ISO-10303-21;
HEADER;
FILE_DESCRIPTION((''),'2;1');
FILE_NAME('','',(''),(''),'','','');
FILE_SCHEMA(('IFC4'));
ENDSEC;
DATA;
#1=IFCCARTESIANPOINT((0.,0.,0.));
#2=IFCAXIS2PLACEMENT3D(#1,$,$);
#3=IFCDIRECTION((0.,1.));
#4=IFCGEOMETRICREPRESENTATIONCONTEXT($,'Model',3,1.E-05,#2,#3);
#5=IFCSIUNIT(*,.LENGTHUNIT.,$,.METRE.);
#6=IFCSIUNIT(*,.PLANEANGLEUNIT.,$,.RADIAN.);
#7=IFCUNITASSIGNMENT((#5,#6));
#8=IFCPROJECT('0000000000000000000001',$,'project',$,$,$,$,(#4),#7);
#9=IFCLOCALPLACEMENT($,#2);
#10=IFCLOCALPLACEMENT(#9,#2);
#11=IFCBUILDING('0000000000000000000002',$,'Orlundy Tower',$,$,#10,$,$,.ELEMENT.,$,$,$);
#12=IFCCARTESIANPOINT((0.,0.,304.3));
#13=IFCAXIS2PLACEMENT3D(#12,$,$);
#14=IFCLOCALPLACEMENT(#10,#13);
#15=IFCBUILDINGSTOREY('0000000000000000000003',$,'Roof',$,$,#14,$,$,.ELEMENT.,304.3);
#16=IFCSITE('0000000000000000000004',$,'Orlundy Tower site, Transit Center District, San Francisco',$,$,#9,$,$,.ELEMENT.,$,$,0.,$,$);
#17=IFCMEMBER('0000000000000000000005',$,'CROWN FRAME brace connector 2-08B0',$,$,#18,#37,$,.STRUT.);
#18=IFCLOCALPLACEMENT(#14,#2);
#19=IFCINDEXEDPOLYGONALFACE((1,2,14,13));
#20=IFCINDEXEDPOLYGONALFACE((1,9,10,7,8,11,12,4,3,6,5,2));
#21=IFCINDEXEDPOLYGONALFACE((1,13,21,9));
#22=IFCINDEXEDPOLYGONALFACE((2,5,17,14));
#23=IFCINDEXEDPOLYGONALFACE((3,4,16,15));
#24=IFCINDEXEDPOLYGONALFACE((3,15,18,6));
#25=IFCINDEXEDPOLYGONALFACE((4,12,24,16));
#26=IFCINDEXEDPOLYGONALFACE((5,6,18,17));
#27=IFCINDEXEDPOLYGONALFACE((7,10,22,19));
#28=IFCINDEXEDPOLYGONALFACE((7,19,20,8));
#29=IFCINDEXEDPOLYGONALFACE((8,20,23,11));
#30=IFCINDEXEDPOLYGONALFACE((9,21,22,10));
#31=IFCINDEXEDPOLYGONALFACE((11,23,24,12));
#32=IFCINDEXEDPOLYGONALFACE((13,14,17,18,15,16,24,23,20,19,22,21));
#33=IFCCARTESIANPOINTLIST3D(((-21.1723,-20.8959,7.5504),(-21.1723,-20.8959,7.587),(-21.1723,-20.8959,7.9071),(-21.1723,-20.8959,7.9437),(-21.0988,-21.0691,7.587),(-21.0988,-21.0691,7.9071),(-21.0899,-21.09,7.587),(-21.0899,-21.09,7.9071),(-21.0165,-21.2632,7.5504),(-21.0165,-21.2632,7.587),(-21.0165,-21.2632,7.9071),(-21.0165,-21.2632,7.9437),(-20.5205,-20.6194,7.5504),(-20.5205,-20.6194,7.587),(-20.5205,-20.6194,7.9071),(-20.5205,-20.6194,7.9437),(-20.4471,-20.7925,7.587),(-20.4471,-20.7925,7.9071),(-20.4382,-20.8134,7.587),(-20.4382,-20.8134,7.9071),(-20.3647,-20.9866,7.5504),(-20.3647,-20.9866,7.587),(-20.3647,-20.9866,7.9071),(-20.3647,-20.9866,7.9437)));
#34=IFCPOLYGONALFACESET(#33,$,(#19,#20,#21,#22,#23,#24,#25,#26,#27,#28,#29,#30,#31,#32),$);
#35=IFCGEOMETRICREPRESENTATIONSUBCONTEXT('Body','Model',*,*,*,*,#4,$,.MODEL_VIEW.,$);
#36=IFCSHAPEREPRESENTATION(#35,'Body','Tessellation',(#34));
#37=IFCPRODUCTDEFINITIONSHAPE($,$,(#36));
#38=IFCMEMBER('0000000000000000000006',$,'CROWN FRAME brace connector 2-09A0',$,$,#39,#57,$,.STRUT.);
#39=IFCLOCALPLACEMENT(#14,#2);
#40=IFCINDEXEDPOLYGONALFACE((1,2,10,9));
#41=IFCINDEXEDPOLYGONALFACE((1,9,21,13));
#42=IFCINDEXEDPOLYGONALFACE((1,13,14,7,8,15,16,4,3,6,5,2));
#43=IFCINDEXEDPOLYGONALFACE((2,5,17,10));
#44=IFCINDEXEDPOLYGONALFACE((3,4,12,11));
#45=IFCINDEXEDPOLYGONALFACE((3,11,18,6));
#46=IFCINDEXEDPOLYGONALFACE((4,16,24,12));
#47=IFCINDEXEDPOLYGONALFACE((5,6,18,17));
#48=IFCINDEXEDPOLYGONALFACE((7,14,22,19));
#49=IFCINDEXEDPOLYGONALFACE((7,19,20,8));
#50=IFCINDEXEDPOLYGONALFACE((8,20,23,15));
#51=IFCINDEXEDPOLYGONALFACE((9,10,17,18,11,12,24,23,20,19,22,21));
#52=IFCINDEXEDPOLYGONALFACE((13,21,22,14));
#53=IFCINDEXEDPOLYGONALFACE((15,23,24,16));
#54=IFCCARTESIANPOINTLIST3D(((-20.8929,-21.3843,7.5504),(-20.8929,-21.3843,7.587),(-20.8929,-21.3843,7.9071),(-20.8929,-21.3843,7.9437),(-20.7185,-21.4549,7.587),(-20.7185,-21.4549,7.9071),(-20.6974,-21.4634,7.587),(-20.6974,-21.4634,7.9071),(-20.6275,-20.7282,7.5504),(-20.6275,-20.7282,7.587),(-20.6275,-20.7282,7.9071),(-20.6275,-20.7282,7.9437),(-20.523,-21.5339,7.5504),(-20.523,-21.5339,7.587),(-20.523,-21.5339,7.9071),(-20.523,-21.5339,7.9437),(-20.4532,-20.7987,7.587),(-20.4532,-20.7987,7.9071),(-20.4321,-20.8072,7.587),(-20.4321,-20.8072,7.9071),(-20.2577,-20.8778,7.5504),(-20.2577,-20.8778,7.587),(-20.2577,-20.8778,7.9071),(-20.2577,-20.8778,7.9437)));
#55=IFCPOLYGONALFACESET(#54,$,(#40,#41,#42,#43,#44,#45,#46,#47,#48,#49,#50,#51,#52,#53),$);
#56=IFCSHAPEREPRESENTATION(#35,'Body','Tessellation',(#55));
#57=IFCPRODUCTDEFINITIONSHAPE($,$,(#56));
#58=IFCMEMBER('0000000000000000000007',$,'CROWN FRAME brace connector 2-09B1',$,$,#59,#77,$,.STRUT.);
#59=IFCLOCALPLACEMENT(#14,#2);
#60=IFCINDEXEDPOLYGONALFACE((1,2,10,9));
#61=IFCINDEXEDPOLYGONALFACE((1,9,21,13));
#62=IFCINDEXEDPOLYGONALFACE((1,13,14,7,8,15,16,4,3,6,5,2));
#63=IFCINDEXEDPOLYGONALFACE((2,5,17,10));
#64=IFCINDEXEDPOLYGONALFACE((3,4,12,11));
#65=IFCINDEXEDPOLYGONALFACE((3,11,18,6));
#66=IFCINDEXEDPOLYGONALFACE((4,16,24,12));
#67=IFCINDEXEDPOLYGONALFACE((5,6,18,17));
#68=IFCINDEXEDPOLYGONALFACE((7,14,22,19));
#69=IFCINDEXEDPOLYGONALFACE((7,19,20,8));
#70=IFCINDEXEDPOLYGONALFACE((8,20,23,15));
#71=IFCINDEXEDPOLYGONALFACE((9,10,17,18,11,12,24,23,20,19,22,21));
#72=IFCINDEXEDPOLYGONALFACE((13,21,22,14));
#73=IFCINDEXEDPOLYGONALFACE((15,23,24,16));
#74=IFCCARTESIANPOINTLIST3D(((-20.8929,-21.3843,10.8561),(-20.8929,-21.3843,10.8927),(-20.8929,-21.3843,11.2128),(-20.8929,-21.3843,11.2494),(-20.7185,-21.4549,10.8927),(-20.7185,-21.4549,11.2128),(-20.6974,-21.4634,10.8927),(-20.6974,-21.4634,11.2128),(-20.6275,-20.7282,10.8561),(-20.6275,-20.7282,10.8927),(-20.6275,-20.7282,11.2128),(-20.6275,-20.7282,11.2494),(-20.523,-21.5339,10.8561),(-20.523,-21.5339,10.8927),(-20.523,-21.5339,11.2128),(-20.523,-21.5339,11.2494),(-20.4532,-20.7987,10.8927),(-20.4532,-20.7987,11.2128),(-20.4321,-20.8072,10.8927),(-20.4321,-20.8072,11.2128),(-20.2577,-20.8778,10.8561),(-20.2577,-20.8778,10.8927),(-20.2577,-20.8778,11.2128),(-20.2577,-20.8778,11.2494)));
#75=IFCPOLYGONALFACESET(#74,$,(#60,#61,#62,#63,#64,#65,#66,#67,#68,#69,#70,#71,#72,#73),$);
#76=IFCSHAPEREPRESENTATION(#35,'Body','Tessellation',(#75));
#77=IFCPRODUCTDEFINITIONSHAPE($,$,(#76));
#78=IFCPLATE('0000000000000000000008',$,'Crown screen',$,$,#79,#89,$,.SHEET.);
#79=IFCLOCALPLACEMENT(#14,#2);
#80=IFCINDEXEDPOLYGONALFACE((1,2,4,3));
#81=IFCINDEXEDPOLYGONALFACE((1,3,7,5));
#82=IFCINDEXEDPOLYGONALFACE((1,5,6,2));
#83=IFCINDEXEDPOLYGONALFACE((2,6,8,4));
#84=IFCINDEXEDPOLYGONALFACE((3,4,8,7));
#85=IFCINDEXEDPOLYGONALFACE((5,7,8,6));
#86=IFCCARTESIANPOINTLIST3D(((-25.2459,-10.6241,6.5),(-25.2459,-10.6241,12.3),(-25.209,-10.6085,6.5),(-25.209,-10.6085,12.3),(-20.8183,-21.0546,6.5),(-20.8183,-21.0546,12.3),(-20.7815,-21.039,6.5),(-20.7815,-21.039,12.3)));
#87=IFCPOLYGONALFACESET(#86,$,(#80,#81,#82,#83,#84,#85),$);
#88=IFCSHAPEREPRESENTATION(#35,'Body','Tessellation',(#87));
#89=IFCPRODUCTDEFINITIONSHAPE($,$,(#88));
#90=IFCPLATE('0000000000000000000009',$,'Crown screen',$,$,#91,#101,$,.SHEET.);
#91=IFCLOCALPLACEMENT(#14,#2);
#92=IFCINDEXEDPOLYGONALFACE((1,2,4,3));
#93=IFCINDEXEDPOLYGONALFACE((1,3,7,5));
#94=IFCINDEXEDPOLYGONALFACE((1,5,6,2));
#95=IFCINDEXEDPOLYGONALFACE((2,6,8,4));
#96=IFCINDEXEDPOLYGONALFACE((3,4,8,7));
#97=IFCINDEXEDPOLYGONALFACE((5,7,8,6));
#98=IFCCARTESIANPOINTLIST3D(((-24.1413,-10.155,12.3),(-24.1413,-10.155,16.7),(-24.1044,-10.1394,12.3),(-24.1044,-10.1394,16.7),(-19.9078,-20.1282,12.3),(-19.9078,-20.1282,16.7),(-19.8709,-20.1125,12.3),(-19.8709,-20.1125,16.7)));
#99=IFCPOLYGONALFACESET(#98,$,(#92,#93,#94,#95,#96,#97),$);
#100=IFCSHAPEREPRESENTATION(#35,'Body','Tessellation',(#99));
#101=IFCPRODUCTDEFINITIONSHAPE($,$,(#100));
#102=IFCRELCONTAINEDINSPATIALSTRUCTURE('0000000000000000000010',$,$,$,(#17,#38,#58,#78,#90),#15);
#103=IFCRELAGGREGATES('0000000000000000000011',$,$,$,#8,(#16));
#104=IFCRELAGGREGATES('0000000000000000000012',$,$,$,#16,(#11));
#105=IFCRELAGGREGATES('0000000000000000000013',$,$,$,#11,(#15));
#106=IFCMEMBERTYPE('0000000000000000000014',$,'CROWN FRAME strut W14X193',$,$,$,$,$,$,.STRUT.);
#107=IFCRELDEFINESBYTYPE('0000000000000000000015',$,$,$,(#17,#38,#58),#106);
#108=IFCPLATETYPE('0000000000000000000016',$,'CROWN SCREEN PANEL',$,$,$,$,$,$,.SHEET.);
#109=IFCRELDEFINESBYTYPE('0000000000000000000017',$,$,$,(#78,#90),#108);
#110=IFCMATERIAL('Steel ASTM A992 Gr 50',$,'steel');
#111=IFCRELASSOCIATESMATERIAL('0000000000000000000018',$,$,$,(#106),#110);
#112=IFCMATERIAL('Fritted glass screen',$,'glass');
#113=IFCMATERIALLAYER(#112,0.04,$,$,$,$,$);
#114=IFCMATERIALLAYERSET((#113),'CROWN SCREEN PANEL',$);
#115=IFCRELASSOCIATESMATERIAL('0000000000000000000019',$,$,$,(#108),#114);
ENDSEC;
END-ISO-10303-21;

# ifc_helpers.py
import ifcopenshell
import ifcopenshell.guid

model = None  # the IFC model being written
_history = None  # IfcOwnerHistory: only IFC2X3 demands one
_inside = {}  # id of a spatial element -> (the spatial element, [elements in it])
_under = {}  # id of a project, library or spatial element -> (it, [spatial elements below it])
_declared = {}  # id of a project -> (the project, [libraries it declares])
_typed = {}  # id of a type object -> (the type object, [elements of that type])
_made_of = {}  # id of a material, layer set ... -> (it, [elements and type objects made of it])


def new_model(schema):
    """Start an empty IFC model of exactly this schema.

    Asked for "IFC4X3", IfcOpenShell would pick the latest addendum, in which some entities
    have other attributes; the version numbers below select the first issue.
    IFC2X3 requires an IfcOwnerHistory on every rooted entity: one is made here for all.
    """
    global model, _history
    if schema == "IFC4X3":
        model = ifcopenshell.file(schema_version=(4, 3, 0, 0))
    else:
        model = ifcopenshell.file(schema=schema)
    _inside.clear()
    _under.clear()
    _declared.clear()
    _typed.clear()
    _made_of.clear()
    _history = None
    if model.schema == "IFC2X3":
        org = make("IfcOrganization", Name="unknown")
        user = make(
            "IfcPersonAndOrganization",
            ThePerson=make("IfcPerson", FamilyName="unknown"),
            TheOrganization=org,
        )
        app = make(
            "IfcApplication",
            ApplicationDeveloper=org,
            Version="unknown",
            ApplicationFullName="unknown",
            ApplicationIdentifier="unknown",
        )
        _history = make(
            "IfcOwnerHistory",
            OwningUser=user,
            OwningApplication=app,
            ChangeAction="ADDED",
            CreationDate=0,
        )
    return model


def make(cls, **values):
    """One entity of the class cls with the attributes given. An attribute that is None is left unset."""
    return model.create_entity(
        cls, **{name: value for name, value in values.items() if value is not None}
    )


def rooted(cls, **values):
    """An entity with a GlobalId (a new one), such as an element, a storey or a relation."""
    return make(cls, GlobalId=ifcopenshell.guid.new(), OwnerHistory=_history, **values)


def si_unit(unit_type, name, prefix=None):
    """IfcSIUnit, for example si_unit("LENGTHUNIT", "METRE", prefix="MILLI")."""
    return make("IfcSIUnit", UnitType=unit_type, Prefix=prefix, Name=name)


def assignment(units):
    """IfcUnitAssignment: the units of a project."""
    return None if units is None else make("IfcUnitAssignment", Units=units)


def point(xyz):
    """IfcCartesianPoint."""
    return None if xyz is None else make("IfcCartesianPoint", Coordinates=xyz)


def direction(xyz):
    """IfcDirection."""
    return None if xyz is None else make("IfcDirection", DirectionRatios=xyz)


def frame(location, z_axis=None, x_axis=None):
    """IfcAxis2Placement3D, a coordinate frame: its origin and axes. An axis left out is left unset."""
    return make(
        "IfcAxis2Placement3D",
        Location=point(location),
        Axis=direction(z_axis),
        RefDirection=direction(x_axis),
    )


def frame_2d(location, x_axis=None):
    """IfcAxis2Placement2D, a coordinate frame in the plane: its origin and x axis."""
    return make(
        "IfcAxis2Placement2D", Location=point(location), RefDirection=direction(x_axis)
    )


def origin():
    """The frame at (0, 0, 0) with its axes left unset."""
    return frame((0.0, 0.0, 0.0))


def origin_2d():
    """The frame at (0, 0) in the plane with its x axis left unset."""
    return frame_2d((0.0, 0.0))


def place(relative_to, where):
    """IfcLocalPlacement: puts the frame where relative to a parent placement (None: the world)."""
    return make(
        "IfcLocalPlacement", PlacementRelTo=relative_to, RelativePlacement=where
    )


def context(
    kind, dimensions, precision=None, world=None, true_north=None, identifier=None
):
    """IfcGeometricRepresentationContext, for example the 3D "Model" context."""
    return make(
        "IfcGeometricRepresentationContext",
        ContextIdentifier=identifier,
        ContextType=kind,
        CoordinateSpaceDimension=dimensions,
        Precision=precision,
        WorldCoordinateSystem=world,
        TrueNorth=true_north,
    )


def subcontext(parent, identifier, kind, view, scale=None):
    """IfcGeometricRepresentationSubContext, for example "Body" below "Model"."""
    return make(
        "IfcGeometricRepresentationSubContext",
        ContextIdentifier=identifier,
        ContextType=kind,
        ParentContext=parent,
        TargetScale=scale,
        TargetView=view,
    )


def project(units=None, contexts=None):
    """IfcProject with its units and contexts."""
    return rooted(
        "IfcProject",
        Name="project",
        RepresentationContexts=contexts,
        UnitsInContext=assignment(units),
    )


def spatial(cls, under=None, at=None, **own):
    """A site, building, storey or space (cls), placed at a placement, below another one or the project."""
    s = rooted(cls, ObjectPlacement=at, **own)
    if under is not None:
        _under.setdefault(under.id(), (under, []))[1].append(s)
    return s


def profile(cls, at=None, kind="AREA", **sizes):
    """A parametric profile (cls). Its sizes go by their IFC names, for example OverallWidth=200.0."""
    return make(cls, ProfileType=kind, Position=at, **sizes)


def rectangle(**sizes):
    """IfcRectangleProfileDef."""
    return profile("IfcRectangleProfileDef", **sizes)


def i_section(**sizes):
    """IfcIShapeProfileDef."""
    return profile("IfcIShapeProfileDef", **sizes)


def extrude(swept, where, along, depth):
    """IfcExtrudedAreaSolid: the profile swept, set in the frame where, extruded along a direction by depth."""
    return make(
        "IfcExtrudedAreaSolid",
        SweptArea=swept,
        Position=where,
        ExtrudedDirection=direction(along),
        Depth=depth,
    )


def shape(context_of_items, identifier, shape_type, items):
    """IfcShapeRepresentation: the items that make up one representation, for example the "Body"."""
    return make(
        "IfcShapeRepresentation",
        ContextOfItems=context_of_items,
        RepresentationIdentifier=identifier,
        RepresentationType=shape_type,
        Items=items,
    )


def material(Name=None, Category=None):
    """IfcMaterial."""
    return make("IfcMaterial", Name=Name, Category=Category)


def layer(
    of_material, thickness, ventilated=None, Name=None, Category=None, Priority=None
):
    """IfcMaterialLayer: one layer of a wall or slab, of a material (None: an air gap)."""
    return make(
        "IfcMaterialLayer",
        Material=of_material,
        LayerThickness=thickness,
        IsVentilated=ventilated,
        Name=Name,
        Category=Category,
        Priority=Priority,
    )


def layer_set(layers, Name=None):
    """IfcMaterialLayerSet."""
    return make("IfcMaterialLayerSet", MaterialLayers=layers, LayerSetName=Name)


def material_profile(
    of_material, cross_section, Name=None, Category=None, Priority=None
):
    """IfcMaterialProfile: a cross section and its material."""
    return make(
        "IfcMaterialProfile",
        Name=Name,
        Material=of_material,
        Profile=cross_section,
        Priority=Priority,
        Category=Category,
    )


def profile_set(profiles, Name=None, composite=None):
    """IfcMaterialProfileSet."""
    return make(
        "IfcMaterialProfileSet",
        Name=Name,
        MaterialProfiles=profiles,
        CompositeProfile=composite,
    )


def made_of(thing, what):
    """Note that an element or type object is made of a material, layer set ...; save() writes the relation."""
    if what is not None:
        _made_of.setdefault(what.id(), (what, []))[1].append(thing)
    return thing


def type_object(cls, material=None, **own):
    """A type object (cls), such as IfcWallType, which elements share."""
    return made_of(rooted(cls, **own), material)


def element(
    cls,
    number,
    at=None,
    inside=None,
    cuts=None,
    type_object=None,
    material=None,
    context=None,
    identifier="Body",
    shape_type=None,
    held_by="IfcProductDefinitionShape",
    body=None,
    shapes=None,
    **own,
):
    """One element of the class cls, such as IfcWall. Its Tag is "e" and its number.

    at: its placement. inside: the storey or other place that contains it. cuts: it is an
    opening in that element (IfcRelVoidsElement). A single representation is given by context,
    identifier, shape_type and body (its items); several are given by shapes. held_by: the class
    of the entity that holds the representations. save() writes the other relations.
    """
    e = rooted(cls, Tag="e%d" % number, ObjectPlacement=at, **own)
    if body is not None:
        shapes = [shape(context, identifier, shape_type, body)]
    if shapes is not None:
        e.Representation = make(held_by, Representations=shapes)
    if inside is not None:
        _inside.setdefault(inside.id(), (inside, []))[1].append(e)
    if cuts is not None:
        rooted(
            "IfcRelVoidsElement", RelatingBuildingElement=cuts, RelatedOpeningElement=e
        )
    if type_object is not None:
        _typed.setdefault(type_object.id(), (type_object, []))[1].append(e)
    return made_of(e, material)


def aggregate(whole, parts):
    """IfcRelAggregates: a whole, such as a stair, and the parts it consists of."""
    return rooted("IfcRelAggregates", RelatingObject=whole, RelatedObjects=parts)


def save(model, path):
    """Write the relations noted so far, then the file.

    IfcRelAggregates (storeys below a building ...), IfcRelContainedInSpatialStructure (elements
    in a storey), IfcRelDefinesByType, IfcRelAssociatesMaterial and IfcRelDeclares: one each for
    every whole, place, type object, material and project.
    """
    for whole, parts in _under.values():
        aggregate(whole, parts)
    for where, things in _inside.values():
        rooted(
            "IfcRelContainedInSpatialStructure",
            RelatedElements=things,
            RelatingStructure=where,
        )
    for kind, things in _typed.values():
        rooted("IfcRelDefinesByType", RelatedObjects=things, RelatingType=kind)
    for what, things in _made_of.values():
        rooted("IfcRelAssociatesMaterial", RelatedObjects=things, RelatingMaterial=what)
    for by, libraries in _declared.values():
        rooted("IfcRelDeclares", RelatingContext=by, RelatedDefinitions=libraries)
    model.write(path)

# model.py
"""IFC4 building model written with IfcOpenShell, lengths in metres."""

from ifc_helpers import new_model, si_unit, direction, frame, origin, origin_2d, place, context, subcontext, project, spatial, rectangle, i_section, extrude, material, layer, layer_set, material_profile, profile_set, type_object, element, save


model = new_model("IFC4")

# Units and contexts
model_context = context("Model", 3, precision=1e-05, world=origin(), true_north=direction((0.0, 1.0)))
body_context = subcontext(model_context, "Body", "Model", "MODEL_VIEW")
ifc_project = project(units=[si_unit("LENGTHUNIT", "METRE"), si_unit("PLANEANGLEUNIT", "RADIAN")], contexts=[model_context])

# Site, building, storey
site_placement = place(None, origin())
site = spatial("IfcSite", under=ifc_project, at=site_placement, Name="Orlundy Tower site, Transit Center District, San Francisco", CompositionType="ELEMENT", RefElevation=0.0)
building_placement = place(site_placement, origin())
building = spatial("IfcBuilding", under=site, at=building_placement, Name="Orlundy Tower", CompositionType="ELEMENT")
storey_placement = place(building_placement, frame((0.0, 0.0, 304.3)))
storey = spatial("IfcBuildingStorey", under=building, at=storey_placement, Name="Roof", CompositionType="ELEMENT", Elevation=304.3)

# Members
ifc_material_1 = material(Name="Steel ASTM A992 Gr 50", Category="steel")
ifc_material_profile_1 = material_profile(ifc_material_1, i_section(OverallWidth=0.3989, OverallDepth=0.3933, WebThickness=0.0227, FlangeThickness=0.0366, at=origin_2d()), Name="W14X193")
ifc_profile_set_1 = profile_set([ifc_material_profile_1], Name="Steel ASTM A992 Gr 50")
member_type_1 = type_object("IfcMemberType", Name="CROWN FRAME strut W14X193", PredefinedType="STRUT", material=ifc_profile_set_1)
for number, where, z_axis, x_axis, name in (
    (1, (-20.4426, -20.803, 7.7471), (-0.920548, -0.39063, 0.0), (0.39063, -0.920548, 0.0), "CROWN FRAME brace connector 2-08B0"),
):
    element("IfcMember", number, at=place(storey_placement, frame(where, z_axis=z_axis, x_axis=x_axis)), inside=storey, type_object=member_type_1, Name=name, PredefinedType="STRUT", context=body_context, shape_type="SweptSolid", body=[
        extrude(i_section(OverallWidth=0.3989, OverallDepth=0.3933, WebThickness=0.0227, FlangeThickness=0.0366, at=origin_2d()), origin(), (0.0, 0.0, 1.0), 0.708),
    ])
for number, where, z_axis, x_axis, name in (
    (2, (-20.4426, -20.803, 7.7471), (-0.374896, -0.927067, 0.0), (0.927067, -0.374896, 0.0), "CROWN FRAME brace connector 2-09A0"),
    (3, (-20.4426, -20.803, 11.0527), (-0.374896, -0.927067, 0.0), (0.927067, -0.374896, 0.0), "CROWN FRAME brace connector 2-09B1"),
):
    element("IfcMember", number, at=place(storey_placement, frame(where, z_axis=z_axis, x_axis=x_axis)), inside=storey, type_object=member_type_1, Name=name, PredefinedType="STRUT", context=body_context, shape_type="SweptSolid", body=[
        extrude(i_section(OverallWidth=0.3989, OverallDepth=0.3933, WebThickness=0.0227, FlangeThickness=0.0366, at=origin_2d()), origin(), (0.0, 0.0, 1.0), 0.7078),
    ])

# Plates
ifc_material_2 = material(Name="Fritted glass screen", Category="glass")
ifc_layer = layer(ifc_material_2, 0.04)
ifc_layer_set = layer_set([ifc_layer], Name="CROWN SCREEN PANEL")
plate_type = type_object("IfcPlateType", Name="CROWN SCREEN PANEL", PredefinedType="SHEET", material=ifc_layer_set)
plate_1_placement = place(storey_placement, frame((-23.0137, -15.8315, 6.5), z_axis=(0.0, 0.0, 1.0), x_axis=(0.390739, -0.920502, 0.0)))
element("IfcPlate", 4, at=plate_1_placement, inside=storey, type_object=plate_type, Name="Crown screen", PredefinedType="SHEET", context=body_context, shape_type="SweptSolid", body=[
    extrude(rectangle(XDim=11.3313, YDim=0.04, at=origin_2d()), origin(), (0.0, 0.0, 1.0), 5.8),
])
plate_2_placement = place(storey_placement, frame((-22.0061, -15.1338, 12.3), z_axis=(0.0, 0.0, 1.0), x_axis=(0.390739, -0.920501, 0.0)))
element("IfcPlate", 5, at=plate_2_placement, inside=storey, type_object=plate_type, Name="Crown screen", PredefinedType="SHEET", context=body_context, shape_type="SweptSolid", body=[
    extrude(rectangle(XDim=10.8345, YDim=0.04, at=origin_2d()), origin(), (0.0, 0.0, 1.0), 4.3999),
])

save(model, "model.ifc")
